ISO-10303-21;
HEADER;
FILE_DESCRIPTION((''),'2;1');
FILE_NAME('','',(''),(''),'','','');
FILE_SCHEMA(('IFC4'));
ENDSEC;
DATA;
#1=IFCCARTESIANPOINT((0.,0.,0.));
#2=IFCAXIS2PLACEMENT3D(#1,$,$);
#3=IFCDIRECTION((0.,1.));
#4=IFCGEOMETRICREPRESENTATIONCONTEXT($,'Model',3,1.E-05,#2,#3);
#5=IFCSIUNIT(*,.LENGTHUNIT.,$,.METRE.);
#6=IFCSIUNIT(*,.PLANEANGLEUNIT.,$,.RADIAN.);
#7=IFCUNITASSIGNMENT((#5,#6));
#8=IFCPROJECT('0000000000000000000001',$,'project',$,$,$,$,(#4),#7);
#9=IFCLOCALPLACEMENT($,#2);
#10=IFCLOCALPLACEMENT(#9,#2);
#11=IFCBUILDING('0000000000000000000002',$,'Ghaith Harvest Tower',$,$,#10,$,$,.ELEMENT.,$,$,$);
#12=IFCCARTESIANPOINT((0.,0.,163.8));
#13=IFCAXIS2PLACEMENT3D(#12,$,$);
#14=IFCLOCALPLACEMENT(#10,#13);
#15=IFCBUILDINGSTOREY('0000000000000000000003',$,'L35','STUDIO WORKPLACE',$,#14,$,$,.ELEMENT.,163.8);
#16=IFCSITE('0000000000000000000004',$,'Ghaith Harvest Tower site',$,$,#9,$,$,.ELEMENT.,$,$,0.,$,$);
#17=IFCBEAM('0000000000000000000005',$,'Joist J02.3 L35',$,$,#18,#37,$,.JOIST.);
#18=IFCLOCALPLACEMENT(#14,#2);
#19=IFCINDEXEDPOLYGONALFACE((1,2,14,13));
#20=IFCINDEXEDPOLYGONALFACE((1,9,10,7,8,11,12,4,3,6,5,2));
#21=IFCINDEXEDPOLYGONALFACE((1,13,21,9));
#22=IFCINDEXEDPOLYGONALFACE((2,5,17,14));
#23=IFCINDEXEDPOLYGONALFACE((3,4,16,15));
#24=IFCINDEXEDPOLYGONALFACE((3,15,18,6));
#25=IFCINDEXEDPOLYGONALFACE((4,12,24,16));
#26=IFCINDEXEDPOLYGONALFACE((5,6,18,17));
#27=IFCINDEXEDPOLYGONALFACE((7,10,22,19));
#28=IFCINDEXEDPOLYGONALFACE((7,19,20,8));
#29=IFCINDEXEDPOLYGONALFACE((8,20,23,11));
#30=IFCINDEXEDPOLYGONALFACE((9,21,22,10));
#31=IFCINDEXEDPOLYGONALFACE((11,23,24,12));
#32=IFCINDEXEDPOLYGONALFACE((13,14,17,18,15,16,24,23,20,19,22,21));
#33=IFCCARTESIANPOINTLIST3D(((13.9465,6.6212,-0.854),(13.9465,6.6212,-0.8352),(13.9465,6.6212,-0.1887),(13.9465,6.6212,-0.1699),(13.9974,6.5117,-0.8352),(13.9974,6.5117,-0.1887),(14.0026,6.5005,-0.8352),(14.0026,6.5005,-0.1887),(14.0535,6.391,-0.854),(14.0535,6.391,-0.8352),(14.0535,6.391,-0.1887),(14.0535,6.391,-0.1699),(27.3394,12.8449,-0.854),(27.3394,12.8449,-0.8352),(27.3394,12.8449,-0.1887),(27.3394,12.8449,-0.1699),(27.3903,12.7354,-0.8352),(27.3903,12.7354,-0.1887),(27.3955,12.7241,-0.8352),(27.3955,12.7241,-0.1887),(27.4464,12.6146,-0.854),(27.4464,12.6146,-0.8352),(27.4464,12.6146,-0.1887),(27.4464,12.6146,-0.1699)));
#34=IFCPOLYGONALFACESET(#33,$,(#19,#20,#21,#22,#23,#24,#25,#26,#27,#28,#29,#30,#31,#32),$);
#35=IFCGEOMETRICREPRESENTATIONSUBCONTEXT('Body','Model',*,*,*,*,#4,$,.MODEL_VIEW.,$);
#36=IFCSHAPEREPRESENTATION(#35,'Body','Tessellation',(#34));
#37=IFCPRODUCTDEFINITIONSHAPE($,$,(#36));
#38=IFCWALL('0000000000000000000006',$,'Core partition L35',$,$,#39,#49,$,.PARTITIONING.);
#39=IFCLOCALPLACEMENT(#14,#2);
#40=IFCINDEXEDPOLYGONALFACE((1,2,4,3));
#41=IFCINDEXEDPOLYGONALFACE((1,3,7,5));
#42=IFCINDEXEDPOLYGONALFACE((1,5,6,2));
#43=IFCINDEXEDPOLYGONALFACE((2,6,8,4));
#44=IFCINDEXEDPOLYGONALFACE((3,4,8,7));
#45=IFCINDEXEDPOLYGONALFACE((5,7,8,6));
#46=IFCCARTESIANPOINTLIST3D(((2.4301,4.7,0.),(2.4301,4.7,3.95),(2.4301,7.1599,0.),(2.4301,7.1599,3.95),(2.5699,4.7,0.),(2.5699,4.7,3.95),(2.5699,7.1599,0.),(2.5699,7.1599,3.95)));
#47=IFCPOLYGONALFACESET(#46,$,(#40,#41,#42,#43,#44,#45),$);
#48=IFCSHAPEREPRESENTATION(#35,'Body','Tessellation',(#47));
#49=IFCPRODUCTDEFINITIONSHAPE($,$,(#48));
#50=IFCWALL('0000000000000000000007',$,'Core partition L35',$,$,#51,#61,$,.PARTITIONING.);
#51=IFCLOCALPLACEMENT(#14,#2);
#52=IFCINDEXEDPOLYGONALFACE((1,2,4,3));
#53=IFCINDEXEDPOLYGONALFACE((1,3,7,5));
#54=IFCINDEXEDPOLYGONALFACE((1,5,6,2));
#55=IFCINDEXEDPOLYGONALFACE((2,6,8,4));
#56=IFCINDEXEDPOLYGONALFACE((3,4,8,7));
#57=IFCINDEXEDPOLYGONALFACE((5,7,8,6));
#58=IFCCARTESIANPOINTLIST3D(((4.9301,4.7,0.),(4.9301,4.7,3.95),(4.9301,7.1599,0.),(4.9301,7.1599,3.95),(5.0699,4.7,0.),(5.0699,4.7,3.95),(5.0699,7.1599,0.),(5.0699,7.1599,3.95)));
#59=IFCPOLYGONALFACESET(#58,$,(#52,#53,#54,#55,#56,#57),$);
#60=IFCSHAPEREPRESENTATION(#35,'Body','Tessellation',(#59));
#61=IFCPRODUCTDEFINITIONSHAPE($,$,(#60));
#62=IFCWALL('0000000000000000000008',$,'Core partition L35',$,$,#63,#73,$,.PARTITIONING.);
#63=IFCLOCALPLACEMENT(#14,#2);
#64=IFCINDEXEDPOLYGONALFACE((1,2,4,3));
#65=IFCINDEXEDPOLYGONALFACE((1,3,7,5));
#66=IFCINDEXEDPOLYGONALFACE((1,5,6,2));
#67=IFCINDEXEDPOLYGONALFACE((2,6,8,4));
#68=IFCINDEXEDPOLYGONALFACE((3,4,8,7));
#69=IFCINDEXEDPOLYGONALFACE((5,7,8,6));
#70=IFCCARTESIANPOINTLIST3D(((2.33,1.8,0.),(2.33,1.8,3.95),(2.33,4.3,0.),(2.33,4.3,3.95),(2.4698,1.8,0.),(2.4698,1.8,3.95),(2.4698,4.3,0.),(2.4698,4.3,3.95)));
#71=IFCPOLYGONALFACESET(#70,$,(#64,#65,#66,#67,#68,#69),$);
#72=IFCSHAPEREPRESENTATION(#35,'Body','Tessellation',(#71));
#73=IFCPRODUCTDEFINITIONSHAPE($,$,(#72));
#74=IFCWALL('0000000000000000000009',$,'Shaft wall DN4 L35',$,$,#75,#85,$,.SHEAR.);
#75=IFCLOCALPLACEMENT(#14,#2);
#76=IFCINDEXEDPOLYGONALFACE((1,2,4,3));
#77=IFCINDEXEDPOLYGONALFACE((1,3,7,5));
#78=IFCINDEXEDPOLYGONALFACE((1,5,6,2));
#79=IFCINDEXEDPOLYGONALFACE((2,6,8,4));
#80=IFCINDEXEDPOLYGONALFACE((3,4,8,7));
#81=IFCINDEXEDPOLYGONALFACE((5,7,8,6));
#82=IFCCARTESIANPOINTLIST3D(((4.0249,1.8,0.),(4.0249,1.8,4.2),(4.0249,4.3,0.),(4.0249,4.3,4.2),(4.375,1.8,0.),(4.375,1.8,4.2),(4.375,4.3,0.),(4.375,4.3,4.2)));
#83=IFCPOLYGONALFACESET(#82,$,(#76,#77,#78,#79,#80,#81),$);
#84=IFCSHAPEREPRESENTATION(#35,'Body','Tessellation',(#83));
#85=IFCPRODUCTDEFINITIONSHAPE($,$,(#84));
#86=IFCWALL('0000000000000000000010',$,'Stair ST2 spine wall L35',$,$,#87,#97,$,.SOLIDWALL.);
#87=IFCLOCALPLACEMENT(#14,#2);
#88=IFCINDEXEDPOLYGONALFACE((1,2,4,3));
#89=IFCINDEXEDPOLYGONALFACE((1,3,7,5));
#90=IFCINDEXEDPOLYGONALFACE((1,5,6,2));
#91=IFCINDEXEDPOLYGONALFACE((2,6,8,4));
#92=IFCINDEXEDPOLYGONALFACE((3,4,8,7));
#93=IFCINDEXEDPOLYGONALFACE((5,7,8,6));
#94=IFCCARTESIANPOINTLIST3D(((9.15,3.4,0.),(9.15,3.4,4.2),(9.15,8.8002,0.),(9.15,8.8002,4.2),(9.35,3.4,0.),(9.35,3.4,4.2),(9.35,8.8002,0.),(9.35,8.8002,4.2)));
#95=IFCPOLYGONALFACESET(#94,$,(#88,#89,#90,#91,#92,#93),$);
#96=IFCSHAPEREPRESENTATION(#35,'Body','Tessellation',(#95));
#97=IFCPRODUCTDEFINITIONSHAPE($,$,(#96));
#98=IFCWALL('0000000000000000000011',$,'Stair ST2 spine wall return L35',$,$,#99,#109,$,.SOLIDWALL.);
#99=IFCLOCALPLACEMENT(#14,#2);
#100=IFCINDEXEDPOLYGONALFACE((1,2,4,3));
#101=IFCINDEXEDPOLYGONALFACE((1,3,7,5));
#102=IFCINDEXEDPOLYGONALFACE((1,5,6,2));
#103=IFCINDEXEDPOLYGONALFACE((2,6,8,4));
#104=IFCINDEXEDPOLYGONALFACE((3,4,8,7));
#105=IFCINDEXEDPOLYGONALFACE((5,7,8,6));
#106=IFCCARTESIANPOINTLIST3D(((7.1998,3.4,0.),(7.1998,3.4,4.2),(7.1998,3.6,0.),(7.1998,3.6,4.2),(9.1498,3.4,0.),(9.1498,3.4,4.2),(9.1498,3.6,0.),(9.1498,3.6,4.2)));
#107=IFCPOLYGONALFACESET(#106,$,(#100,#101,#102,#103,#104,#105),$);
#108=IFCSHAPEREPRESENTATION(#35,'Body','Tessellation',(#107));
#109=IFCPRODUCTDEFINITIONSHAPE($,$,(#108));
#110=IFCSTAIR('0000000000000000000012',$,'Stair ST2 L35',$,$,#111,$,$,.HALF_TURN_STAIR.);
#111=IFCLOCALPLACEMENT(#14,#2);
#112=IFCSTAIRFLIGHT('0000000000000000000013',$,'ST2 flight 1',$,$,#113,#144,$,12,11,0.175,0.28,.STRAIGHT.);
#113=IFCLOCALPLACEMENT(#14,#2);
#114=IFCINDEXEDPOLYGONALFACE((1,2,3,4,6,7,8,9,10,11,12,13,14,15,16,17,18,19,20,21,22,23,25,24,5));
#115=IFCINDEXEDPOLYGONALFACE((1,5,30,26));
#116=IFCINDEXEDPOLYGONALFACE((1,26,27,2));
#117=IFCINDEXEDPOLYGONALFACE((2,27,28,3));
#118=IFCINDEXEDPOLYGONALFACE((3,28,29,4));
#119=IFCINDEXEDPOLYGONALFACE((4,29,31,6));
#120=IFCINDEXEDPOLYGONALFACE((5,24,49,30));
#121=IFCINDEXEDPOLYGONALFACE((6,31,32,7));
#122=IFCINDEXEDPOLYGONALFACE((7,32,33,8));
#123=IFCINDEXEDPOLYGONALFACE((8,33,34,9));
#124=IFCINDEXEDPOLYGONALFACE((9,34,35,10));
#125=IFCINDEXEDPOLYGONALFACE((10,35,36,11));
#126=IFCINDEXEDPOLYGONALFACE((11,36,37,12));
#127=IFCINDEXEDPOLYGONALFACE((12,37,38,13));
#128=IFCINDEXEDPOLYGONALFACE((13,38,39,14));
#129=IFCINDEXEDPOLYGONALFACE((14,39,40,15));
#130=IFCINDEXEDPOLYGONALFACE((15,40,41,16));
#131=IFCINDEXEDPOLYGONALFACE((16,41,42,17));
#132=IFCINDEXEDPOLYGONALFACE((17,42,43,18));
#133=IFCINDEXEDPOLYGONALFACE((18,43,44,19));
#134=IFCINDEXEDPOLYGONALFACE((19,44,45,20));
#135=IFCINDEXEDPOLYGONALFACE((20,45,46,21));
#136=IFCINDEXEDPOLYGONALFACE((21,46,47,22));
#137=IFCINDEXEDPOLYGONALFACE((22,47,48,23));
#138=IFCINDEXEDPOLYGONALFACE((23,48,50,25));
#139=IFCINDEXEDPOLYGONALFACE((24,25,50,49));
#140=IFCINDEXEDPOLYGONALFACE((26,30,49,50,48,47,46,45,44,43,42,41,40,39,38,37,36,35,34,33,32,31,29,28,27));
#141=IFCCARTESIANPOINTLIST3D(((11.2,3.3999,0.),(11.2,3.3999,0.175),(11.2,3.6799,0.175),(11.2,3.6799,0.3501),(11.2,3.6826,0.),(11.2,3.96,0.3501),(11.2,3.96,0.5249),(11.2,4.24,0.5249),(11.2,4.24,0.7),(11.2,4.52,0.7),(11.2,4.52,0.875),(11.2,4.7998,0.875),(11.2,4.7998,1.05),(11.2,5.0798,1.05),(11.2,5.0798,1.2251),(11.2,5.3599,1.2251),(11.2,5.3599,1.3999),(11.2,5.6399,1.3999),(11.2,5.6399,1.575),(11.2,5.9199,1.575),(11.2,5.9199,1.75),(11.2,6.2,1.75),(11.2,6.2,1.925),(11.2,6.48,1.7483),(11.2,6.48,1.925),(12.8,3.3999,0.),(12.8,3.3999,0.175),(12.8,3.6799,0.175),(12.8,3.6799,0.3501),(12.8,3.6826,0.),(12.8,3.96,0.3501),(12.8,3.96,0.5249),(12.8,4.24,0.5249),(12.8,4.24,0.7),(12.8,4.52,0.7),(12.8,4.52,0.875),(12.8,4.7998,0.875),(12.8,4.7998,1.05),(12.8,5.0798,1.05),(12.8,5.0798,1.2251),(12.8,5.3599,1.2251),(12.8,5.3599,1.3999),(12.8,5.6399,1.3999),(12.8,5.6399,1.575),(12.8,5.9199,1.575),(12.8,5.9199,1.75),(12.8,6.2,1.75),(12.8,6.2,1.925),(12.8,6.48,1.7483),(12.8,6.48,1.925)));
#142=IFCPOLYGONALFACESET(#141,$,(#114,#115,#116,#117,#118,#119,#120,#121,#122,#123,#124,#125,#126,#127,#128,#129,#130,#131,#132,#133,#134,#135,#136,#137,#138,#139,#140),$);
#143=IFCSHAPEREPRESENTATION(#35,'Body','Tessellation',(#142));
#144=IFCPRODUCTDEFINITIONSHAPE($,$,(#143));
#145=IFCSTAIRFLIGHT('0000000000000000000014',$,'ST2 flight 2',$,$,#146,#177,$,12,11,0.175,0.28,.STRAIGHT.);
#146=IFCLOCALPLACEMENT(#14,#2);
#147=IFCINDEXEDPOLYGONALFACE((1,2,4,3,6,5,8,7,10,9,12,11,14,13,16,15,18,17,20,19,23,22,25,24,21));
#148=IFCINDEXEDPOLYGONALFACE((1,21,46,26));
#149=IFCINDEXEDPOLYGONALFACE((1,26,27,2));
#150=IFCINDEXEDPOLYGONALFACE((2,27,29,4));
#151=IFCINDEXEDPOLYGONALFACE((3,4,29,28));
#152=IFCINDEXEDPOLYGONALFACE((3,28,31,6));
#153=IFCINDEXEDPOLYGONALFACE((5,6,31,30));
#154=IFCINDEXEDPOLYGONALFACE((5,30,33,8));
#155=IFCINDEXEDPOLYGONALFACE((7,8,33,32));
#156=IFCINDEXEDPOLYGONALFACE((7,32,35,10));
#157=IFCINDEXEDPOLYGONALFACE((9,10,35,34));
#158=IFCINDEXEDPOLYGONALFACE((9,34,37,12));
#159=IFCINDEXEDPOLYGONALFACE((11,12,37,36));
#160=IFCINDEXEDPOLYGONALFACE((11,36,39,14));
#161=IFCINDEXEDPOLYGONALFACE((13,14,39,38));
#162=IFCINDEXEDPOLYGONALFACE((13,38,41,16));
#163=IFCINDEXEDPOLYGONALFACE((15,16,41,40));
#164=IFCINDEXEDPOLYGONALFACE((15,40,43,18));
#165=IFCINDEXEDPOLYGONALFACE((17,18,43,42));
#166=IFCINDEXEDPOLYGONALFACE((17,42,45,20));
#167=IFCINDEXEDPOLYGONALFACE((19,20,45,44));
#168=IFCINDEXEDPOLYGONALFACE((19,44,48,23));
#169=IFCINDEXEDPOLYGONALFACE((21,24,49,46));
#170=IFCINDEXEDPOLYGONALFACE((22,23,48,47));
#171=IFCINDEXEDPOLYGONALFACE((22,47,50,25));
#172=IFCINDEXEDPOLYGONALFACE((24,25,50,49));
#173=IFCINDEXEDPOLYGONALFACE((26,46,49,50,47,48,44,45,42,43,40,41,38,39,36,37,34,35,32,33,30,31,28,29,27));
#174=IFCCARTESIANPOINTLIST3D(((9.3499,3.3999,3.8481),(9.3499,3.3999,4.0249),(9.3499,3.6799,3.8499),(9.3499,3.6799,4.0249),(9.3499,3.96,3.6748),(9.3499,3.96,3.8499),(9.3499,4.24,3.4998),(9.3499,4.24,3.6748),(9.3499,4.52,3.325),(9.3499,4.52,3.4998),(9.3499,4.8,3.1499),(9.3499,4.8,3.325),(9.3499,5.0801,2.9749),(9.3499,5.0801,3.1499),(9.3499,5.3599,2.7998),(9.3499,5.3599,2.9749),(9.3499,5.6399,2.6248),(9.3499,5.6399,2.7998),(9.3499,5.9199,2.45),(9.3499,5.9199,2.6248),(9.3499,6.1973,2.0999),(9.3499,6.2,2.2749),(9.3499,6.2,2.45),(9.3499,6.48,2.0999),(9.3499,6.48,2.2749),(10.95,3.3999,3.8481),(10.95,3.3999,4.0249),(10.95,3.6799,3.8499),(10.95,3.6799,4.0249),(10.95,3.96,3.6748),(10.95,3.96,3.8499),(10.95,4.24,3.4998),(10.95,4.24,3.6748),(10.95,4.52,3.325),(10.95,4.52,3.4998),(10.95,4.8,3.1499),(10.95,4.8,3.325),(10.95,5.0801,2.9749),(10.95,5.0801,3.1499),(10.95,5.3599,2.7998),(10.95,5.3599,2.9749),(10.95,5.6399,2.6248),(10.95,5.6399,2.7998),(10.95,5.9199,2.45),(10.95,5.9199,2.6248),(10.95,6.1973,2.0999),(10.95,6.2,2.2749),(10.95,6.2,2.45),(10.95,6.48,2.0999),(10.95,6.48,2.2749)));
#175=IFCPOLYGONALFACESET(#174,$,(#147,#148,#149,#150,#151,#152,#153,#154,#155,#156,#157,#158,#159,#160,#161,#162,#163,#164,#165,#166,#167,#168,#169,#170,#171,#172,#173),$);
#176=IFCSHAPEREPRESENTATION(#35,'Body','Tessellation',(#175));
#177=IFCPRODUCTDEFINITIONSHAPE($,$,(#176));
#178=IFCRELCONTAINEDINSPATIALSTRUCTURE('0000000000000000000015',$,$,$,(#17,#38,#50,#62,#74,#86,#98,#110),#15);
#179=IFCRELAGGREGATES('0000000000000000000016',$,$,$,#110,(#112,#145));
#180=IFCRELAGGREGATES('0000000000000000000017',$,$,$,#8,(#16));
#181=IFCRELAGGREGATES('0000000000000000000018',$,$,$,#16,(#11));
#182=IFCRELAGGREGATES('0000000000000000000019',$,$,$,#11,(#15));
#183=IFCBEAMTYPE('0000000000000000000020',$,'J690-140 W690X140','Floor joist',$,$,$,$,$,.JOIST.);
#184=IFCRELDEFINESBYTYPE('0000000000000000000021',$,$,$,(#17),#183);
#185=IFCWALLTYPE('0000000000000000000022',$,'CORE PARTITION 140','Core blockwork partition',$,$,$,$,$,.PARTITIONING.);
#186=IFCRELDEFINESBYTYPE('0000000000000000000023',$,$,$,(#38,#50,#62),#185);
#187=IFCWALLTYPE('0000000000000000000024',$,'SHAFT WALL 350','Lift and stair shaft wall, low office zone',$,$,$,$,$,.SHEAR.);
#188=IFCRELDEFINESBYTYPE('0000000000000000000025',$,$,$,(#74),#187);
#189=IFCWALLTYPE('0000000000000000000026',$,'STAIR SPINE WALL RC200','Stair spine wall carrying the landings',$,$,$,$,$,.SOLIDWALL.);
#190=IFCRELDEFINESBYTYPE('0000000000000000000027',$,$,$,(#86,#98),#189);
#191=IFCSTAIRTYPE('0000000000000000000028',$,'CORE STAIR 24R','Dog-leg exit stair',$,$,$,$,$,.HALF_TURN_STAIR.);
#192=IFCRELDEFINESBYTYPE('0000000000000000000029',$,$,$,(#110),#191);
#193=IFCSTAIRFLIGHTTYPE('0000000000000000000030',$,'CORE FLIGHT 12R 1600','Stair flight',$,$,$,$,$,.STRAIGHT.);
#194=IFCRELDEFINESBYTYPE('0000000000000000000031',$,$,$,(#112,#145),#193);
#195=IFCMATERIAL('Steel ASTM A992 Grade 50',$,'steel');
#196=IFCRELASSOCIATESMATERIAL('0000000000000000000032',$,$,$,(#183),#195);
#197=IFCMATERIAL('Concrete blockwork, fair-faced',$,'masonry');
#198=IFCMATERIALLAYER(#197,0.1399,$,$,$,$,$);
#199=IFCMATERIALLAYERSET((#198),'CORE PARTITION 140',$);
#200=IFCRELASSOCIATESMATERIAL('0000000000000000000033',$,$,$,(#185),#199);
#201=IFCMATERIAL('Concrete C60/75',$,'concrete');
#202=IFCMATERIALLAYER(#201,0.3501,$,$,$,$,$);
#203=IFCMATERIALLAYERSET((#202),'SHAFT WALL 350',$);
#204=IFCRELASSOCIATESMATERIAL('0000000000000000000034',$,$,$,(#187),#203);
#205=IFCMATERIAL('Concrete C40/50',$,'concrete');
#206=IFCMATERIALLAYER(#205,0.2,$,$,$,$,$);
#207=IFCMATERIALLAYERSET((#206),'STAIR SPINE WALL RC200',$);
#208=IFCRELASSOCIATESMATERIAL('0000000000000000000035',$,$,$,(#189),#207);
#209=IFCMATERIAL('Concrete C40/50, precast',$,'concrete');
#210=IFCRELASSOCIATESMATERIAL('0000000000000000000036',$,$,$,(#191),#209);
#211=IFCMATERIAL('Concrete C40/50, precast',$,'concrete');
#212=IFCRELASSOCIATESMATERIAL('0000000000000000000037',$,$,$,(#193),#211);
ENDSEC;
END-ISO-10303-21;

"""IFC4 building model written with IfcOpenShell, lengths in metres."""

from ifc_helpers import new_model, si_unit, direction, frame, frame_2d, origin, origin_2d, place, context, subcontext, project, spatial, polyline, rectangle, i_section, outline, extrude, material, layer, layer_set, material_profile, profile_set, type_object, element, aggregate, save


model = new_model("IFC4")

# Units and contexts
model_context = context("Model", 3, precision=1e-05, world=origin(), true_north=direction((0.0, 1.0)))
body_context = subcontext(model_context, "Body", "Model", "MODEL_VIEW")
ifc_project = project(units=[si_unit("LENGTHUNIT", "METRE"), si_unit("PLANEANGLEUNIT", "RADIAN")], contexts=[model_context])

# Site, building, storey
site_placement = place(None, origin())
site = spatial("IfcSite", under=ifc_project, at=site_placement, Name="Ghaith Harvest Tower site", CompositionType="ELEMENT", RefElevation=0.0)
building_placement = place(site_placement, origin())
building = spatial("IfcBuilding", under=site, at=building_placement, Name="Ghaith Harvest Tower", CompositionType="ELEMENT")
storey_placement = place(building_placement, frame((0.0, 0.0, 163.8)))
storey = spatial("IfcBuildingStorey", under=building, at=storey_placement, Name="L35", Description="STUDIO WORKPLACE", CompositionType="ELEMENT", Elevation=163.8)

# Beam
ifc_material_1 = material(Name="Steel ASTM A992 Grade 50", Category="steel")
ifc_material_profile_1 = material_profile(ifc_material_1, i_section(OverallWidth=0.2539, OverallDepth=0.6841, WebThickness=0.0125, FlangeThickness=0.0188, at=origin_2d()), Name="W690X140")
ifc_profile_set_1 = profile_set([ifc_material_profile_1], Name="Steel ASTM A992 Grade 50")
beam_type_1 = type_object("IfcBeamType", Name="J690-140 W690X140", Description="Floor joist", PredefinedType="JOIST", material=ifc_profile_set_1)
beam_1_placement = place(storey_placement, frame((14.0, 6.5061, -0.512), z_axis=(0.906866, 0.42142, 0.0), x_axis=(-0.42142, 0.906866, 0.0)))
element("IfcBeam", 1, at=beam_1_placement, inside=storey, type_object=beam_type_1, Name="Joist J02.3 L35", PredefinedType="JOIST", context=body_context, shape_type="SweptSolid", body=[
    extrude(i_section(OverallWidth=0.2539, OverallDepth=0.6841, WebThickness=0.0125, FlangeThickness=0.0188, at=origin_2d()), origin(), (0.0, 0.0, 1.0), 14.7683),
])

# Walls
ifc_material_2 = material(Name="Concrete blockwork, fair-faced", Category="masonry")
ifc_layer_1 = layer(ifc_material_2, 0.1399)
ifc_layer_set_1 = layer_set([ifc_layer_1], Name="CORE PARTITION 140")
wall_type_1 = type_object("IfcWallType", Name="CORE PARTITION 140", Description="Core blockwork partition", PredefinedType="PARTITIONING", material=ifc_layer_set_1)
for number, where, z_axis, x_axis, name in (
    (2, (2.5, 4.7, 0.0), (0.0, 0.0, 1.0), (0.0, 1.0, 0.0), "Core partition L35"),
    (3, (5.0, 4.7, 0.0), (0.0, 0.0, 1.0), (0.0, 1.0, 0.0), "Core partition L35"),
):
    element("IfcWall", number, at=place(storey_placement, frame(where, z_axis=z_axis, x_axis=x_axis)), inside=storey, type_object=wall_type_1, Name=name, PredefinedType="PARTITIONING", context=body_context, shape_type="SweptSolid", body=[
        extrude(rectangle(XDim=2.46, YDim=0.1399, at=frame_2d((1.23, 0.0))), origin(), (0.0, 0.0, 1.0), 3.95),
    ])
wall_1_placement = place(storey_placement, frame((2.3999, 1.8, 0.0), z_axis=(0.0, 0.0, 1.0), x_axis=(0.0, 1.0, 0.0)))
element("IfcWall", 4, at=wall_1_placement, inside=storey, type_object=wall_type_1, Name="Core partition L35", PredefinedType="PARTITIONING", context=body_context, shape_type="SweptSolid", body=[
    extrude(rectangle(XDim=2.5, YDim=0.1399, at=frame_2d((1.25, 0.0))), origin(), (0.0, 0.0, 1.0), 3.95),
])

# Shared definitions
ifc_material_3 = material(Name="Concrete C60/75", Category="concrete")
ifc_layer_2 = layer(ifc_material_3, 0.3501)
ifc_layer_set_2 = layer_set([ifc_layer_2], Name="SHAFT WALL 350")
wall_type_2 = type_object("IfcWallType", Name="SHAFT WALL 350", Description="Lift and stair shaft wall, low office zone", PredefinedType="SHEAR", material=ifc_layer_set_2)

# Walls
wall_2_placement = place(storey_placement, frame((4.2, 1.8, 0.0), z_axis=(0.0, 0.0, 1.0), x_axis=(0.0, 1.0, 0.0)))
element("IfcWall", 5, at=wall_2_placement, inside=storey, type_object=wall_type_2, Name="Shaft wall DN4 L35", PredefinedType="SHEAR", context=body_context, shape_type="SweptSolid", body=[
    extrude(rectangle(XDim=2.5, YDim=0.3501, at=frame_2d((1.25, 0.0))), origin(), (0.0, 0.0, 1.0), 4.2),
])
ifc_material_4 = material(Name="Concrete C40/50", Category="concrete")
ifc_layer_3 = layer(ifc_material_4, 0.2)
ifc_layer_set_3 = layer_set([ifc_layer_3], Name="STAIR SPINE WALL RC200")
wall_type_3 = type_object("IfcWallType", Name="STAIR SPINE WALL RC200", Description="Stair spine wall carrying the landings", PredefinedType="SOLIDWALL", material=ifc_layer_set_3)
wall_3_placement = place(storey_placement, frame((9.25, 3.3999, 0.0), z_axis=(0.0, 0.0, 1.0), x_axis=(0.0, 1.0, 0.0)))
element("IfcWall", 6, at=wall_3_placement, inside=storey, type_object=wall_type_3, Name="Stair ST2 spine wall L35", PredefinedType="SOLIDWALL", context=body_context, shape_type="SweptSolid", body=[
    extrude(rectangle(XDim=5.4001, YDim=0.2, at=frame_2d((2.7002, 0.0))), origin(), (0.0, 0.0, 1.0), 4.2),
])
wall_4_placement = place(storey_placement, frame((9.1499, 3.5, 0.0), z_axis=(0.0, 0.0, 1.0), x_axis=(-1.0, 0.0, 0.0)))
element("IfcWall", 7, at=wall_4_placement, inside=storey, type_object=wall_type_3, Name="Stair ST2 spine wall return L35", PredefinedType="SOLIDWALL", context=body_context, shape_type="SweptSolid", body=[
    extrude(rectangle(XDim=1.95, YDim=0.2, at=frame_2d((0.9751, 0.0))), origin(), (0.0, 0.0, 1.0), 4.2),
])

# Stair, stair flights
ifc_material_5 = material(Name="Concrete C40/50, precast", Category="concrete")
stair_type = type_object("IfcStairType", Name="CORE STAIR 24R", Description="Dog-leg exit stair", PredefinedType="HALF_TURN_STAIR", material=ifc_material_5)
stair_placement = place(storey_placement, origin())
stair = element("IfcStair", 8, at=stair_placement, inside=storey, type_object=stair_type, Name="Stair ST2 L35", PredefinedType="HALF_TURN_STAIR")
ifc_material_6 = material(Name="Concrete C40/50, precast", Category="concrete")
stair_flight_type = type_object("IfcStairFlightType", Name="CORE FLIGHT 12R 1600", Description="Stair flight", PredefinedType="STRAIGHT", material=ifc_material_6)
stair_flight_1_placement = place(storey_placement, frame((12.0, 3.3999, 0.0), z_axis=(0.0, 0.0, 1.0), x_axis=(0.0, 1.0, 0.0)))
stair_flight_1 = element("IfcStairFlight", 9, at=stair_flight_1_placement, type_object=stair_flight_type, Name="ST2 flight 1", NumberOfRisers=12, NumberOfTreads=11, PredefinedType="STRAIGHT", RiserHeight=0.175, TreadLength=0.28, context=body_context, shape_type="SweptSolid", body=[
    extrude(outline(polyline([(0.0, 0.0), (0.0, 0.175), (0.28, 0.175), (0.28, 0.3501), (0.5601, 0.3501), (0.5601, 0.5249), (0.8401, 0.5249), (0.8401, 0.7), (1.1201, 0.7), (1.1201, 0.875), (1.3999, 0.875), (1.3999, 1.05), (1.6799, 1.05), (1.6799, 1.2251), (1.96, 1.2251), (1.96, 1.3999), (2.24, 1.3999), (2.24, 1.575), (2.52, 1.575), (2.52, 1.75), (2.8, 1.75), (2.8, 1.925), (3.0801, 1.925), (3.0801, 2.1001), (3.0801, 1.7483), (0.2827, 0.0), (0.0, 0.0)])), frame((0.0, 0.8, 0.0), z_axis=(0.0, -1.0, 0.0), x_axis=(1.0, 0.0, 0.0)), (0.0, 0.0, 1.0), 1.6001),
])
stair_flight_2_placement = place(storey_placement, frame((10.1499, 6.48, 2.0999), z_axis=(0.0, 0.0, 1.0), x_axis=(0.0, -1.0, 0.0)))
stair_flight_2 = element("IfcStairFlight", 10, at=stair_flight_2_placement, type_object=stair_flight_type, Name="ST2 flight 2", NumberOfRisers=12, NumberOfTreads=11, PredefinedType="STRAIGHT", RiserHeight=0.175, TreadLength=0.28, context=body_context, shape_type="SweptSolid", body=[
    extrude(outline(polyline([(0.0, 0.0), (0.0, 0.175), (0.28, 0.175), (0.28, 0.3501), (0.5601, 0.3501), (0.5601, 0.5249), (0.8401, 0.5249), (0.8401, 0.7), (1.1201, 0.7), (1.1201, 0.875), (1.3999, 0.875), (1.3999, 1.05), (1.6799, 1.05), (1.6799, 1.2251), (1.96, 1.2251), (1.96, 1.3999), (2.24, 1.3999), (2.24, 1.575), (2.52, 1.575), (2.52, 1.75), (2.8, 1.75), (2.8, 1.925), (3.0801, 1.925), (3.0801, 2.1001), (3.0801, 1.7483), (0.2827, 0.0), (0.0, 0.0)])), frame((0.0, 0.8, 0.0), z_axis=(0.0, -1.0, 0.0), x_axis=(1.0, 0.0, 0.0)), (0.0, 0.0, 1.0), 1.6001),
])
aggregate(stair, [stair_flight_1, stair_flight_2])

save(model, "model.ifc")
